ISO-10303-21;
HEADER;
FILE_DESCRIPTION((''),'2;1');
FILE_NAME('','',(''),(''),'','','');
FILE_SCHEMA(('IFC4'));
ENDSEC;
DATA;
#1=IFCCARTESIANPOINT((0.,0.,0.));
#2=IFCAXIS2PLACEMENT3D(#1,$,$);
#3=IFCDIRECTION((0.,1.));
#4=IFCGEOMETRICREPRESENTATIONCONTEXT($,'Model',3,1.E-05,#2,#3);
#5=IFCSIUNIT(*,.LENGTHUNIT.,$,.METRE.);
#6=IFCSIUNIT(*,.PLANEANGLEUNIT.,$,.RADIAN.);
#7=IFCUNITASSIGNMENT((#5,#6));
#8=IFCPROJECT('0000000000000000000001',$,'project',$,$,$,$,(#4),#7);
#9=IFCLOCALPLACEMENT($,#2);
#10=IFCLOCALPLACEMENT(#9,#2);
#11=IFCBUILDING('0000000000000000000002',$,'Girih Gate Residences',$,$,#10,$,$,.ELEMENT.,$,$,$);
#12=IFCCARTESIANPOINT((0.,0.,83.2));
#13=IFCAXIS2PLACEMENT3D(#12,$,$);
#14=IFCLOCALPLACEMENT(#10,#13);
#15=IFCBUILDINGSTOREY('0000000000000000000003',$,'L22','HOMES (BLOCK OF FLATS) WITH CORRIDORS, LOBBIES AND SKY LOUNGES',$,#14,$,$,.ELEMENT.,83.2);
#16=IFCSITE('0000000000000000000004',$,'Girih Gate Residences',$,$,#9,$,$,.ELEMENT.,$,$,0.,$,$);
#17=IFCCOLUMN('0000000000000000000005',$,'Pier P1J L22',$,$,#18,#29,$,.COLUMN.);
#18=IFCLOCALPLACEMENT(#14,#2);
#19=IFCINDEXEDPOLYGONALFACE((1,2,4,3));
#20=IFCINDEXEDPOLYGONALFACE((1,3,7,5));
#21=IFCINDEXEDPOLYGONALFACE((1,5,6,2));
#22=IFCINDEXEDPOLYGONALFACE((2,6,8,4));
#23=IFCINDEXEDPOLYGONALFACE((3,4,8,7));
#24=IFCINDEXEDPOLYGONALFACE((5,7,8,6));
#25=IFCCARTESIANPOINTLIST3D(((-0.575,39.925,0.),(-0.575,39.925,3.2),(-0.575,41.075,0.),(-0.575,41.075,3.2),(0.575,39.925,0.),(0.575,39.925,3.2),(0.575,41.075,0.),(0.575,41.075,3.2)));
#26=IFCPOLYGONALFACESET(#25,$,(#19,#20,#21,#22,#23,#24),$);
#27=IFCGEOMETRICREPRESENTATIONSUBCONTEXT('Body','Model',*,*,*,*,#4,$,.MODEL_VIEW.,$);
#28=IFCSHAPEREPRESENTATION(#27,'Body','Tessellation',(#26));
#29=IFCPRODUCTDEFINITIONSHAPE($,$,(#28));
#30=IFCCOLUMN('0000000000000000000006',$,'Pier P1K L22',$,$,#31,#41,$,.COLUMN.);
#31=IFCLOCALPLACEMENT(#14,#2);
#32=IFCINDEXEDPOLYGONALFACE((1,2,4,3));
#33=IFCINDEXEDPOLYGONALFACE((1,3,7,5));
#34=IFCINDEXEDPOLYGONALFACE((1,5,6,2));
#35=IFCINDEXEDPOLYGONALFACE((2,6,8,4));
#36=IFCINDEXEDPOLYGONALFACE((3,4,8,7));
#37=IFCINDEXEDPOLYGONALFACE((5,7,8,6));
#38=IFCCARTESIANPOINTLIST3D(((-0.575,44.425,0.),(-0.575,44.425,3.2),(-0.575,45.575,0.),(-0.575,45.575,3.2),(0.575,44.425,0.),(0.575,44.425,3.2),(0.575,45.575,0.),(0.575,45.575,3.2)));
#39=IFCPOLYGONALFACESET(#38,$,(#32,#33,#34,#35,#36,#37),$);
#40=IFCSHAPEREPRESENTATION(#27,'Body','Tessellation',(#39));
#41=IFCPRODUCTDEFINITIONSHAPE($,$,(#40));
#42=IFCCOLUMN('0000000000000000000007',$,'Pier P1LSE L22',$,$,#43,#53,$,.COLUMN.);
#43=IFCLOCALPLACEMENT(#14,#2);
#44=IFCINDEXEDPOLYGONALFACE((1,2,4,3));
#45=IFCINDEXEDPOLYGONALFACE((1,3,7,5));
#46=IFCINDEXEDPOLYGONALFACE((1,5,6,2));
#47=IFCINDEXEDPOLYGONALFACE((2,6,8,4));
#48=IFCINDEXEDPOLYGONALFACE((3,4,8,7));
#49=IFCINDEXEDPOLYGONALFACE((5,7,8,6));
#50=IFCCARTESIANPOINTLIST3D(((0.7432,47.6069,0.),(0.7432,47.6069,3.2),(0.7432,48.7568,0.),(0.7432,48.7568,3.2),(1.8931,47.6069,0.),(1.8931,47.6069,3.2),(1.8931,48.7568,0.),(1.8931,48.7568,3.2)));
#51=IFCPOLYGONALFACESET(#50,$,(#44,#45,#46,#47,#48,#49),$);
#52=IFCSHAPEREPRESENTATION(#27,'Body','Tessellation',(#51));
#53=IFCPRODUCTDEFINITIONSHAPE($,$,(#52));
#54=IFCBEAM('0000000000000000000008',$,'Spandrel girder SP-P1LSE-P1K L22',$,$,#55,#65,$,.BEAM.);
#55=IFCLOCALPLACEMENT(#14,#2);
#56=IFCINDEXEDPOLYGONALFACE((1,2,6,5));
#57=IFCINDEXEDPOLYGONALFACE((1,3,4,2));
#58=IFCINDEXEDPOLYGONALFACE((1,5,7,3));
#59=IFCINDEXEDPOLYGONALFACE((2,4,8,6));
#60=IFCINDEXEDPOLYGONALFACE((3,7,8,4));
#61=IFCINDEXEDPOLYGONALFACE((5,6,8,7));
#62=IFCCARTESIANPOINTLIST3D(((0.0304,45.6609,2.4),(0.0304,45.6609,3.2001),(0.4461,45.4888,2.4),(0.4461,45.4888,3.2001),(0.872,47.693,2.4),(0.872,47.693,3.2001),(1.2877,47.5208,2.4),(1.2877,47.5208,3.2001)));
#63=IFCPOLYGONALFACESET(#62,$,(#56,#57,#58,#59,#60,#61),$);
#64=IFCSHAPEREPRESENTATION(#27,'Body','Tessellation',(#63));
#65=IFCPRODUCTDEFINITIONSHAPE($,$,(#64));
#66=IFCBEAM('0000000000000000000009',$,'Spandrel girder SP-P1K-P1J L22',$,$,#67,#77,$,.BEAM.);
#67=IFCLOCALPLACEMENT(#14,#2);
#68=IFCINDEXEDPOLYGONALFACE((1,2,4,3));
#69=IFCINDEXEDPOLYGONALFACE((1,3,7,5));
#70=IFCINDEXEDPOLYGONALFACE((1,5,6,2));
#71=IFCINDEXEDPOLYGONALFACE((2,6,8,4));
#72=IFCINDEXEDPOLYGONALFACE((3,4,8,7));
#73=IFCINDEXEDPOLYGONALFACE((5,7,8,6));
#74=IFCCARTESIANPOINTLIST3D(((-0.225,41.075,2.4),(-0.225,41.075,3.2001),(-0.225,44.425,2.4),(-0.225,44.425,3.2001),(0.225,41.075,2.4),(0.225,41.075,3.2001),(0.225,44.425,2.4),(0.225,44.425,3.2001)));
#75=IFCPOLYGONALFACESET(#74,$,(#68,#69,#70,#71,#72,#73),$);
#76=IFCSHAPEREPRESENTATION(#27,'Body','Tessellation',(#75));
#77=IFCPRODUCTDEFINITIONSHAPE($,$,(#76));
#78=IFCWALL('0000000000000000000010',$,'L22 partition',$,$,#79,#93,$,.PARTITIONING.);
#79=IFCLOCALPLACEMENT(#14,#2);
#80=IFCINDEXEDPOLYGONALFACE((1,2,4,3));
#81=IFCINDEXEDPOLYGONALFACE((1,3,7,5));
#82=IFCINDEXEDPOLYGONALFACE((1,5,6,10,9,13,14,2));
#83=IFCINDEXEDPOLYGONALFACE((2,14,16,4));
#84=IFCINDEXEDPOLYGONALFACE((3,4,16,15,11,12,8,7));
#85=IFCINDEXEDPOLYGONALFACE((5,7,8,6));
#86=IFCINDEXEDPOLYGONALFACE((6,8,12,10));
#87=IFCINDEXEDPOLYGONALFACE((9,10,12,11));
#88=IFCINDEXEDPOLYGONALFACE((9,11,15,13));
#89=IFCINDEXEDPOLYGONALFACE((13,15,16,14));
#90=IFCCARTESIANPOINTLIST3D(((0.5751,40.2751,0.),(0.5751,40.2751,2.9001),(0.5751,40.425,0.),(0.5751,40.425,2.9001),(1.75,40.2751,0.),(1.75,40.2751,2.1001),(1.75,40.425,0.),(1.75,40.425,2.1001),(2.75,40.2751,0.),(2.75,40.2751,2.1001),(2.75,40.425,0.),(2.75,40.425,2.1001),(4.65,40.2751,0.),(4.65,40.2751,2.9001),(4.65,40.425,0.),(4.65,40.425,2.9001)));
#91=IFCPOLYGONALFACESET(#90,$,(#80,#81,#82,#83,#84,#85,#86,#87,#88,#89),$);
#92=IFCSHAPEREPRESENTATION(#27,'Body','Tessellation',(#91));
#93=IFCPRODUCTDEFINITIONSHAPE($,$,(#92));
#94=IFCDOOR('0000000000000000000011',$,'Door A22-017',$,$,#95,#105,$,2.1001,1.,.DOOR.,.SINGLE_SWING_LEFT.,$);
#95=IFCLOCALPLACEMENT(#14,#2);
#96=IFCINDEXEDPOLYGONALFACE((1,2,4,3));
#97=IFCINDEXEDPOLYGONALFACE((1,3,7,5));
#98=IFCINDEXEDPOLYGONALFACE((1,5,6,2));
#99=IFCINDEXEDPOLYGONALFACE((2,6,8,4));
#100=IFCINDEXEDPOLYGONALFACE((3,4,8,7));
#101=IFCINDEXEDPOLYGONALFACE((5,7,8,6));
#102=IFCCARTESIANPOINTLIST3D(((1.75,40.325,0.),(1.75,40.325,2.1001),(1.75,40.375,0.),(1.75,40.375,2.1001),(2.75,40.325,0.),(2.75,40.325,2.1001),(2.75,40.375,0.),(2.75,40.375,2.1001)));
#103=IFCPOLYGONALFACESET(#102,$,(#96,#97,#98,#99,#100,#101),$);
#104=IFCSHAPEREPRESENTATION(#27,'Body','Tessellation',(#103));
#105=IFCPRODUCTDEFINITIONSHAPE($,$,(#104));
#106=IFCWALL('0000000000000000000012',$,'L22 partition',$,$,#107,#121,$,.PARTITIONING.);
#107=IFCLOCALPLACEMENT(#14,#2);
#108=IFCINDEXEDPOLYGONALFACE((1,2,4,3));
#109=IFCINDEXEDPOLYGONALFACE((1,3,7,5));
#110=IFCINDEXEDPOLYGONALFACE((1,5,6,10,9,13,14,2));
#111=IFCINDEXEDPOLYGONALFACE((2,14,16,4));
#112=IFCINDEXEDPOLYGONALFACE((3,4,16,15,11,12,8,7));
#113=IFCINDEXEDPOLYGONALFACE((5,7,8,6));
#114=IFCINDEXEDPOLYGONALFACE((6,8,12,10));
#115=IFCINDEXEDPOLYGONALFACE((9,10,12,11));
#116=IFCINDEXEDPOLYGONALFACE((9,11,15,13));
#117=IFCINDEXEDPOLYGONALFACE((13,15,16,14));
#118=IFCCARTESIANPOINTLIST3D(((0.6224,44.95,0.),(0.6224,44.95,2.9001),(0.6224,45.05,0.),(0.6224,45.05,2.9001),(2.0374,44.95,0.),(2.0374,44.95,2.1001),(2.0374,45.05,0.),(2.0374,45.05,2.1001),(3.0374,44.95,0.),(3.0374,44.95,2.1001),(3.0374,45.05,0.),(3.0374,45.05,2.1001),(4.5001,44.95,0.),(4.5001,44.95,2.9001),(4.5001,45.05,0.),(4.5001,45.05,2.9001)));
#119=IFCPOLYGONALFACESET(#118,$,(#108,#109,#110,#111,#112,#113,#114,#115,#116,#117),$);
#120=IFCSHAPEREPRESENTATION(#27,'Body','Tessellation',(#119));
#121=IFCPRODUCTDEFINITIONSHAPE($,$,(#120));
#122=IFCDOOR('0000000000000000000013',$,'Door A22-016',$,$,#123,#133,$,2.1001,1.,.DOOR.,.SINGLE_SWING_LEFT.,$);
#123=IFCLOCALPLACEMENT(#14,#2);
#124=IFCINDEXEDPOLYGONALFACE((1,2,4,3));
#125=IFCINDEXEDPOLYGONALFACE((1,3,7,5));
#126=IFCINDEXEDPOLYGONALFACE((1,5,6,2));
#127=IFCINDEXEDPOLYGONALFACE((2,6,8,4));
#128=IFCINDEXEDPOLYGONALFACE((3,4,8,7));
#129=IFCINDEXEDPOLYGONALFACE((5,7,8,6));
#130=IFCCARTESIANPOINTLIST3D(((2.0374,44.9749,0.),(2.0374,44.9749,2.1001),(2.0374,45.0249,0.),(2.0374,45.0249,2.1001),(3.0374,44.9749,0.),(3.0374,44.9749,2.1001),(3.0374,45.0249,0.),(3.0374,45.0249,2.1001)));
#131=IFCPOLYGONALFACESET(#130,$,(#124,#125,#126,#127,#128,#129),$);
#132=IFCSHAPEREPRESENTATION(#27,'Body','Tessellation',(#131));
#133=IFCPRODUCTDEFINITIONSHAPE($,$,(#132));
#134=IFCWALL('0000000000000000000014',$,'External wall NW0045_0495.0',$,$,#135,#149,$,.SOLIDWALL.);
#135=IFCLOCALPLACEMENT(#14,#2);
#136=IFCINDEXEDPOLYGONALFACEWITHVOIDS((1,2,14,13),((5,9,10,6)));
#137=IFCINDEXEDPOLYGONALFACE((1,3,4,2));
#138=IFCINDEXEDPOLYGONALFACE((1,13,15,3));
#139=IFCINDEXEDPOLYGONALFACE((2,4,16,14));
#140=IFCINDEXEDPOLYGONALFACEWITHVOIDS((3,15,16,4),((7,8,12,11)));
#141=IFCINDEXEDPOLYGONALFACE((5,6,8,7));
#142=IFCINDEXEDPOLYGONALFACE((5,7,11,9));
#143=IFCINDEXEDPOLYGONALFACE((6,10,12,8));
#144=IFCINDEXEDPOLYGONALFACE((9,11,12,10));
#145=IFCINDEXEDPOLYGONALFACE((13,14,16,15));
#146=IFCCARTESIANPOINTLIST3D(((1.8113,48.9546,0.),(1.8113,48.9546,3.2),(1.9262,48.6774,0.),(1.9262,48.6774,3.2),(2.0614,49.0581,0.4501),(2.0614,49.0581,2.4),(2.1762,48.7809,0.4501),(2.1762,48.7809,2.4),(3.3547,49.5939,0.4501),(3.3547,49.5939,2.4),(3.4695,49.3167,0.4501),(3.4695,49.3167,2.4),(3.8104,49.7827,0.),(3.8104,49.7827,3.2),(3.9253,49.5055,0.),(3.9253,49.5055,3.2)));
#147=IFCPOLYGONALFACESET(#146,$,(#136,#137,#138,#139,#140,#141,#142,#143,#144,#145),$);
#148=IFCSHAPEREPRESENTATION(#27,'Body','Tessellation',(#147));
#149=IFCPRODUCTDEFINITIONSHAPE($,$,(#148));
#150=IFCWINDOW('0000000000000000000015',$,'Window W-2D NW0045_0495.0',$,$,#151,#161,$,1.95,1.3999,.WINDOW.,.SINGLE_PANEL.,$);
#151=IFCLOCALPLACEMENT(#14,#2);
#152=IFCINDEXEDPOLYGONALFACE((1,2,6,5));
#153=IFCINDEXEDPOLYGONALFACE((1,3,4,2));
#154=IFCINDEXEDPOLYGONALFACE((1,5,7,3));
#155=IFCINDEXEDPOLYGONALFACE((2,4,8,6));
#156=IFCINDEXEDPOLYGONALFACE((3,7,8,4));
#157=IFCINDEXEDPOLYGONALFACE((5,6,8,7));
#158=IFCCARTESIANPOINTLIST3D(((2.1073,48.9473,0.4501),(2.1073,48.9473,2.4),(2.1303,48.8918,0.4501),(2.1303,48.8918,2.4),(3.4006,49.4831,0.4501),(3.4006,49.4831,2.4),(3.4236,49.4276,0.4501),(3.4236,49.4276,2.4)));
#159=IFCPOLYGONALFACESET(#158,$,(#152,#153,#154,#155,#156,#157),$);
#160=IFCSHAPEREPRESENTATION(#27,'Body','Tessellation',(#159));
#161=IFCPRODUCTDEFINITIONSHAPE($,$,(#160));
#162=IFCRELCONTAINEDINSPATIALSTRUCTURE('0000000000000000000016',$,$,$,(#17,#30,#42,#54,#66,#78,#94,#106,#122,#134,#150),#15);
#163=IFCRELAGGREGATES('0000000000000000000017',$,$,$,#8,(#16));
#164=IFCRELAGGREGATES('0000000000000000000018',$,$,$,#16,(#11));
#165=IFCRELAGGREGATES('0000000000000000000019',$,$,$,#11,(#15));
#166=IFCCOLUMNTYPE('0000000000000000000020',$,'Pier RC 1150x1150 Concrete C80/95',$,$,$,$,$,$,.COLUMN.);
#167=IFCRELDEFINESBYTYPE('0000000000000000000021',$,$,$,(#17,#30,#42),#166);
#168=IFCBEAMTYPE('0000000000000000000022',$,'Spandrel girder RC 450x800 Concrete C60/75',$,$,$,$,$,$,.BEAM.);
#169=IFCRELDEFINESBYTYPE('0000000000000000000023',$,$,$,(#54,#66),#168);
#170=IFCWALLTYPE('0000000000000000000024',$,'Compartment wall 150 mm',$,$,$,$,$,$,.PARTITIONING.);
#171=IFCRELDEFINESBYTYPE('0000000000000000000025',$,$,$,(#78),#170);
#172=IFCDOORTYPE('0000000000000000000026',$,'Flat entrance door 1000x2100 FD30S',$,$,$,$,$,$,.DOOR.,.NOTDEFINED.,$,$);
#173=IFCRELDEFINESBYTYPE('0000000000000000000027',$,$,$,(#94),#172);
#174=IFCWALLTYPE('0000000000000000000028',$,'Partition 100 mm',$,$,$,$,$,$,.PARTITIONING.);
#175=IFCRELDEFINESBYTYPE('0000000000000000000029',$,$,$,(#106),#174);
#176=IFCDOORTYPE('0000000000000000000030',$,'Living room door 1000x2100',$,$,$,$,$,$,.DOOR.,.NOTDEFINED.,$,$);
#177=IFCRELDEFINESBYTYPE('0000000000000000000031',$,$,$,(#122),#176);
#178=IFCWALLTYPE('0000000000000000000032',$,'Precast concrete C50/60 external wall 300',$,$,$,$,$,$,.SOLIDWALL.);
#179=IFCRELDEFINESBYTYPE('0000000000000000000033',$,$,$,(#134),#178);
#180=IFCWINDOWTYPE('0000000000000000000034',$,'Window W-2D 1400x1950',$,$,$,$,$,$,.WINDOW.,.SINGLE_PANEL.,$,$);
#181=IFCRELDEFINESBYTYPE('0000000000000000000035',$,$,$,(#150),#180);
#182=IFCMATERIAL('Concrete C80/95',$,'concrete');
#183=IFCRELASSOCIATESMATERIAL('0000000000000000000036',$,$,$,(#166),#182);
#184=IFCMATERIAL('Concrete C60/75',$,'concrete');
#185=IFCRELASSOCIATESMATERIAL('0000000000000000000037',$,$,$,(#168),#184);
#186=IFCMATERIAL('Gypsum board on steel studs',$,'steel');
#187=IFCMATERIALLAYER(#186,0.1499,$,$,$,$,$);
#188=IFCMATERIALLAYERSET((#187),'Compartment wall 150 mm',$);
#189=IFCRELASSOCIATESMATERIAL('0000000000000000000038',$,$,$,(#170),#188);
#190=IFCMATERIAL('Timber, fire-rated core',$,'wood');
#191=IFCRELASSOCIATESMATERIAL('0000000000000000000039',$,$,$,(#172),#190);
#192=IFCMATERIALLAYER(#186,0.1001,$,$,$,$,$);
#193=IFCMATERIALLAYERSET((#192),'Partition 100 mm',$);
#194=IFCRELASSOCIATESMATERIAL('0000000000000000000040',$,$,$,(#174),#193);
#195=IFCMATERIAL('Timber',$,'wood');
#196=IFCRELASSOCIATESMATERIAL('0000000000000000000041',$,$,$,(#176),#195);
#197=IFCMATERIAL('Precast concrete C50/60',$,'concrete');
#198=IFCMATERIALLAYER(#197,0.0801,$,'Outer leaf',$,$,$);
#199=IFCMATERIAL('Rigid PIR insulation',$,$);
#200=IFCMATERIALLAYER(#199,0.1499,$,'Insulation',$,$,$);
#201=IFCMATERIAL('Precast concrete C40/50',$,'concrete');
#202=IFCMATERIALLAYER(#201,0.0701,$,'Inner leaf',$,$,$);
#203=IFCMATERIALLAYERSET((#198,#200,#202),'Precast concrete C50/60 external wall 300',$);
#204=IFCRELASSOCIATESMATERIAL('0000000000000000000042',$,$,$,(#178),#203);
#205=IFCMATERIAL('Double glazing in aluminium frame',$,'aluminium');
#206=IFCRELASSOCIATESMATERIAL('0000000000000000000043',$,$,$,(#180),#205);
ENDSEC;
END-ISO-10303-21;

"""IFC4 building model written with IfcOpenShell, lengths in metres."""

from ifc_helpers import new_model, si_unit, direction, frame, frame_2d, origin, origin_2d, place, context, subcontext, project, spatial, rectangle, extrude, material, layer, layer_set, material_profile, profile_set, type_object, element, fill, save


model = new_model("IFC4")

# Units and contexts
model_context = context("Model", 3, precision=1e-05, world=origin(), true_north=direction((0.0, 1.0)))
body_context = subcontext(model_context, "Body", "Model", "MODEL_VIEW")
ifc_project = project(units=[si_unit("LENGTHUNIT", "METRE"), si_unit("PLANEANGLEUNIT", "RADIAN")], contexts=[model_context])

# Site, building, storey
site_placement = place(None, origin())
site = spatial("IfcSite", under=ifc_project, at=site_placement, Name="Girih Gate Residences", CompositionType="ELEMENT", RefElevation=0.0)
building_placement = place(site_placement, origin())
building = spatial("IfcBuilding", under=site, at=building_placement, Name="Girih Gate Residences", CompositionType="ELEMENT")
storey_placement = place(building_placement, frame((0.0, 0.0, 83.2)))
storey = spatial("IfcBuildingStorey", under=building, at=storey_placement, Name="L22", Description="HOMES (BLOCK OF FLATS) WITH CORRIDORS, LOBBIES AND SKY LOUNGES", CompositionType="ELEMENT", Elevation=83.2)

# Columns
ifc_material_1 = material(Name="Concrete C80/95", Category="concrete")
ifc_material_profile_1 = material_profile(ifc_material_1, rectangle(XDim=1.1499, YDim=1.1499, at=origin_2d()))
ifc_profile_set_1 = profile_set([ifc_material_profile_1], Name="Concrete C80/95")
column_type = type_object("IfcColumnType", Name="Pier RC 1150x1150 Concrete C80/95", PredefinedType="COLUMN", material=ifc_profile_set_1)
for number, where, z_axis, x_axis, name in (
    (1, (0.0, 40.5, 0.0), (0.0, 0.0, 1.0), (1.0, 0.0, 0.0), "Pier P1J L22"),
    (2, (0.0, 45.0, 0.0), (0.0, 0.0, 1.0), (1.0, 0.0, 0.0), "Pier P1K L22"),
    (3, (1.3181, 48.1819, 0.0), (0.0, 0.0, 1.0), (1.0, 0.0, 0.0), "Pier P1LSE L22"),
):
    element("IfcColumn", number, at=place(storey_placement, frame(where, z_axis=z_axis, x_axis=x_axis)), inside=storey, type_object=column_type, Name=name, PredefinedType="COLUMN", context=body_context, shape_type="SweptSolid", body=[
        extrude(rectangle(XDim=1.1499, YDim=1.1499, at=origin_2d()), origin(), (0.0, 0.0, 1.0), 3.2),
    ])

# Beams
ifc_material_2 = material(Name="Concrete C60/75", Category="concrete")
ifc_material_profile_2 = material_profile(ifc_material_2, rectangle(XDim=0.45, YDim=0.8, at=origin_2d()))
ifc_profile_set_2 = profile_set([ifc_material_profile_2], Name="Concrete C60/75")
beam_type = type_object("IfcBeamType", Name="Spandrel girder RC 450x800 Concrete C60/75", PredefinedType="BEAM", material=ifc_profile_set_2)
beam_1_placement = place(storey_placement, frame((1.0798, 47.6069, 2.8), z_axis=(-0.382636, -0.923899, 0.0), x_axis=(0.923899, -0.382636, 0.0)))
element("IfcBeam", 4, at=beam_1_placement, inside=storey, type_object=beam_type, Name="Spandrel girder SP-P1LSE-P1K L22", PredefinedType="BEAM", context=body_context, shape_type="SweptSolid", body=[
    extrude(rectangle(XDim=0.45, YDim=0.8, at=origin_2d()), origin(), (0.0, 0.0, 1.0), 2.1995),
])
beam_2_placement = place(storey_placement, frame((0.0, 44.425, 2.8), z_axis=(0.0, -1.0, 0.0), x_axis=(1.0, 0.0, 0.0)))
element("IfcBeam", 5, at=beam_2_placement, inside=storey, type_object=beam_type, Name="Spandrel girder SP-P1K-P1J L22", PredefinedType="BEAM", context=body_context, shape_type="SweptSolid", body=[
    extrude(rectangle(XDim=0.45, YDim=0.8, at=origin_2d()), origin(), (0.0, 0.0, 1.0), 3.3501),
])

# Walls, openings, doors
ifc_material_3 = material(Name="Gypsum board on steel studs", Category="steel")
ifc_layer_1 = layer(ifc_material_3, 0.1499)
ifc_layer_set_1 = layer_set([ifc_layer_1], Name="Compartment wall 150 mm")
wall_type_1 = type_object("IfcWallType", Name="Compartment wall 150 mm", PredefinedType="PARTITIONING", material=ifc_layer_set_1)
wall_1_placement = place(storey_placement, frame((0.575, 40.3501, 0.0), z_axis=(0.0, 0.0, 1.0), x_axis=(1.0, 0.0, 0.0)))
wall_1 = element("IfcWall", 6, at=wall_1_placement, inside=storey, type_object=wall_type_1, Name="L22 partition", PredefinedType="PARTITIONING", context=body_context, shape_type="SweptSolid", body=[
    extrude(rectangle(XDim=4.075, YDim=0.1499, at=frame_2d((2.0376, 0.0))), origin(), (0.0, 0.0, 1.0), 2.9001),
])
opening_1_placement = place(wall_1_placement, frame((1.175, 0.0, 0.0)))
opening_1 = element("IfcOpeningElement", 7, at=opening_1_placement, cuts=wall_1, PredefinedType="OPENING", context=body_context, shape_type="SweptSolid", body=[
    extrude(rectangle(XDim=1.0, YDim=2.1001, at=frame_2d((0.5, 1.05))), frame((0.0, 0.085, 0.0), z_axis=(0.0, -1.0, 0.0), x_axis=(1.0, 0.0, 0.0)), (0.0, 0.0, 1.0), 0.1699),
])
ifc_material_4 = material(Name="Timber, fire-rated core", Category="wood")
door_type_1 = type_object("IfcDoorType", Name="Flat entrance door 1000x2100 FD30S", OperationType="NOTDEFINED", PredefinedType="DOOR", material=ifc_material_4)
door_1_placement = place(opening_1_placement, origin())
door_1 = element("IfcDoor", 8, at=door_1_placement, inside=storey, type_object=door_type_1, Name="Door A22-017", OperationType="SINGLE_SWING_LEFT", OverallHeight=2.1001, OverallWidth=1.0, PredefinedType="DOOR", context=body_context, shape_type="SweptSolid", body=[
    extrude(rectangle(XDim=1.0, YDim=2.1001, at=frame_2d((0.5, 1.05))), frame((0.0, 0.0249, 0.0), z_axis=(0.0, -1.0, 0.0), x_axis=(1.0, 0.0, 0.0)), (0.0, 0.0, 1.0), 0.05),
])
fill(opening_1, door_1)
ifc_layer_2 = layer(ifc_material_3, 0.1001)
ifc_layer_set_2 = layer_set([ifc_layer_2], Name="Partition 100 mm")
wall_type_2 = type_object("IfcWallType", Name="Partition 100 mm", PredefinedType="PARTITIONING", material=ifc_layer_set_2)
wall_2_placement = place(storey_placement, frame((0.6223, 45.0, 0.0), z_axis=(0.0, 0.0, 1.0), x_axis=(1.0, 0.0, 0.0)))
wall_2 = element("IfcWall", 9, at=wall_2_placement, inside=storey, type_object=wall_type_2, Name="L22 partition", PredefinedType="PARTITIONING", context=body_context, shape_type="SweptSolid", body=[
    extrude(rectangle(XDim=3.8777, YDim=0.1001, at=frame_2d((1.939, 0.0))), origin(), (0.0, 0.0, 1.0), 2.9001),
])
opening_2_placement = place(wall_2_placement, frame((1.415, 0.0, 0.0)))
opening_2 = element("IfcOpeningElement", 10, at=opening_2_placement, cuts=wall_2, PredefinedType="OPENING", context=body_context, shape_type="SweptSolid", body=[
    extrude(rectangle(XDim=1.0, YDim=2.1001, at=frame_2d((0.5, 1.05))), frame((0.0, 0.0601, 0.0), z_axis=(0.0, -1.0, 0.0), x_axis=(1.0, 0.0, 0.0)), (0.0, 0.0, 1.0), 0.1201),
])
ifc_material_5 = material(Name="Timber", Category="wood")
door_type_2 = type_object("IfcDoorType", Name="Living room door 1000x2100", OperationType="NOTDEFINED", PredefinedType="DOOR", material=ifc_material_5)
door_2_placement = place(opening_2_placement, origin())
door_2 = element("IfcDoor", 11, at=door_2_placement, inside=storey, type_object=door_type_2, Name="Door A22-016", OperationType="SINGLE_SWING_LEFT", OverallHeight=2.1001, OverallWidth=1.0, PredefinedType="DOOR", context=body_context, shape_type="SweptSolid", body=[
    extrude(rectangle(XDim=1.0, YDim=2.1001, at=frame_2d((0.5, 1.05))), frame((0.0, 0.0249, 0.0), z_axis=(0.0, -1.0, 0.0), x_axis=(1.0, 0.0, 0.0)), (0.0, 0.0, 1.0), 0.05),
])
fill(opening_2, door_2)

# Wall, opening, window
ifc_material_6 = material(Name="Precast concrete C50/60", Category="concrete")
ifc_layer_3 = layer(ifc_material_6, 0.0801, Name="Outer leaf")
ifc_material_7 = material(Name="Rigid PIR insulation")
ifc_layer_4 = layer(ifc_material_7, 0.1499, Name="Insulation")
ifc_material_8 = material(Name="Precast concrete C40/50", Category="concrete")
ifc_layer_5 = layer(ifc_material_8, 0.0701, Name="Inner leaf")
ifc_layer_set_3 = layer_set([ifc_layer_3, ifc_layer_4, ifc_layer_5], Name="Precast concrete C50/60 external wall 300")
wall_type_3 = type_object("IfcWallType", Name="Precast concrete C50/60 external wall 300", PredefinedType="SOLIDWALL", material=ifc_layer_set_3)
wall_3_placement = place(storey_placement, frame((1.8687, 48.8159, 0.0), z_axis=(0.0, 0.0, 1.0), x_axis=(0.923863, 0.382724, 0.0)))
wall_3 = element("IfcWall", 12, at=wall_3_placement, inside=storey, type_object=wall_type_3, Name="External wall NW0045_0495.0", PredefinedType="SOLIDWALL", context=body_context, shape_type="SweptSolid", body=[
    extrude(rectangle(XDim=2.1638, YDim=0.3, at=frame_2d((1.082, 0.0))), origin(), (0.0, 0.0, 1.0), 3.2),
])
opening_3_placement = place(wall_3_placement, frame((0.2708, 0.0, 0.45)))
opening_3 = element("IfcOpeningElement", 13, at=opening_3_placement, cuts=wall_3, PredefinedType="OPENING", context=body_context, shape_type="SweptSolid", body=[
    extrude(rectangle(XDim=1.3999, YDim=1.95, at=frame_2d((0.7, 0.9751))), frame((0.0, 0.1599, 0.0), z_axis=(0.0, -1.0, 0.0), x_axis=(1.0, 0.0, 0.0)), (0.0, 0.0, 1.0), 0.3201),
])
ifc_material_9 = material(Name="Double glazing in aluminium frame", Category="aluminium")
window_type_1 = type_object("IfcWindowType", Name="Window W-2D 1400x1950", PartitioningType="SINGLE_PANEL", PredefinedType="WINDOW", material=ifc_material_9)
window_1_placement = place(opening_3_placement, origin())
window_1 = element("IfcWindow", 14, at=window_1_placement, inside=storey, type_object=window_type_1, Name="Window W-2D NW0045_0495.0", OverallHeight=1.95, OverallWidth=1.3999, PartitioningType="SINGLE_PANEL", PredefinedType="WINDOW", context=body_context, shape_type="SweptSolid", body=[
    extrude(rectangle(XDim=1.3999, YDim=1.95, at=frame_2d((0.7, 0.9751))), frame((0.0, 0.03, 0.0), z_axis=(0.0, -1.0, 0.0), x_axis=(1.0, 0.0, 0.0)), (0.0, 0.0, 1.0), 0.0601),
])
fill(opening_3, window_1)

save(model, "model.ifc")
